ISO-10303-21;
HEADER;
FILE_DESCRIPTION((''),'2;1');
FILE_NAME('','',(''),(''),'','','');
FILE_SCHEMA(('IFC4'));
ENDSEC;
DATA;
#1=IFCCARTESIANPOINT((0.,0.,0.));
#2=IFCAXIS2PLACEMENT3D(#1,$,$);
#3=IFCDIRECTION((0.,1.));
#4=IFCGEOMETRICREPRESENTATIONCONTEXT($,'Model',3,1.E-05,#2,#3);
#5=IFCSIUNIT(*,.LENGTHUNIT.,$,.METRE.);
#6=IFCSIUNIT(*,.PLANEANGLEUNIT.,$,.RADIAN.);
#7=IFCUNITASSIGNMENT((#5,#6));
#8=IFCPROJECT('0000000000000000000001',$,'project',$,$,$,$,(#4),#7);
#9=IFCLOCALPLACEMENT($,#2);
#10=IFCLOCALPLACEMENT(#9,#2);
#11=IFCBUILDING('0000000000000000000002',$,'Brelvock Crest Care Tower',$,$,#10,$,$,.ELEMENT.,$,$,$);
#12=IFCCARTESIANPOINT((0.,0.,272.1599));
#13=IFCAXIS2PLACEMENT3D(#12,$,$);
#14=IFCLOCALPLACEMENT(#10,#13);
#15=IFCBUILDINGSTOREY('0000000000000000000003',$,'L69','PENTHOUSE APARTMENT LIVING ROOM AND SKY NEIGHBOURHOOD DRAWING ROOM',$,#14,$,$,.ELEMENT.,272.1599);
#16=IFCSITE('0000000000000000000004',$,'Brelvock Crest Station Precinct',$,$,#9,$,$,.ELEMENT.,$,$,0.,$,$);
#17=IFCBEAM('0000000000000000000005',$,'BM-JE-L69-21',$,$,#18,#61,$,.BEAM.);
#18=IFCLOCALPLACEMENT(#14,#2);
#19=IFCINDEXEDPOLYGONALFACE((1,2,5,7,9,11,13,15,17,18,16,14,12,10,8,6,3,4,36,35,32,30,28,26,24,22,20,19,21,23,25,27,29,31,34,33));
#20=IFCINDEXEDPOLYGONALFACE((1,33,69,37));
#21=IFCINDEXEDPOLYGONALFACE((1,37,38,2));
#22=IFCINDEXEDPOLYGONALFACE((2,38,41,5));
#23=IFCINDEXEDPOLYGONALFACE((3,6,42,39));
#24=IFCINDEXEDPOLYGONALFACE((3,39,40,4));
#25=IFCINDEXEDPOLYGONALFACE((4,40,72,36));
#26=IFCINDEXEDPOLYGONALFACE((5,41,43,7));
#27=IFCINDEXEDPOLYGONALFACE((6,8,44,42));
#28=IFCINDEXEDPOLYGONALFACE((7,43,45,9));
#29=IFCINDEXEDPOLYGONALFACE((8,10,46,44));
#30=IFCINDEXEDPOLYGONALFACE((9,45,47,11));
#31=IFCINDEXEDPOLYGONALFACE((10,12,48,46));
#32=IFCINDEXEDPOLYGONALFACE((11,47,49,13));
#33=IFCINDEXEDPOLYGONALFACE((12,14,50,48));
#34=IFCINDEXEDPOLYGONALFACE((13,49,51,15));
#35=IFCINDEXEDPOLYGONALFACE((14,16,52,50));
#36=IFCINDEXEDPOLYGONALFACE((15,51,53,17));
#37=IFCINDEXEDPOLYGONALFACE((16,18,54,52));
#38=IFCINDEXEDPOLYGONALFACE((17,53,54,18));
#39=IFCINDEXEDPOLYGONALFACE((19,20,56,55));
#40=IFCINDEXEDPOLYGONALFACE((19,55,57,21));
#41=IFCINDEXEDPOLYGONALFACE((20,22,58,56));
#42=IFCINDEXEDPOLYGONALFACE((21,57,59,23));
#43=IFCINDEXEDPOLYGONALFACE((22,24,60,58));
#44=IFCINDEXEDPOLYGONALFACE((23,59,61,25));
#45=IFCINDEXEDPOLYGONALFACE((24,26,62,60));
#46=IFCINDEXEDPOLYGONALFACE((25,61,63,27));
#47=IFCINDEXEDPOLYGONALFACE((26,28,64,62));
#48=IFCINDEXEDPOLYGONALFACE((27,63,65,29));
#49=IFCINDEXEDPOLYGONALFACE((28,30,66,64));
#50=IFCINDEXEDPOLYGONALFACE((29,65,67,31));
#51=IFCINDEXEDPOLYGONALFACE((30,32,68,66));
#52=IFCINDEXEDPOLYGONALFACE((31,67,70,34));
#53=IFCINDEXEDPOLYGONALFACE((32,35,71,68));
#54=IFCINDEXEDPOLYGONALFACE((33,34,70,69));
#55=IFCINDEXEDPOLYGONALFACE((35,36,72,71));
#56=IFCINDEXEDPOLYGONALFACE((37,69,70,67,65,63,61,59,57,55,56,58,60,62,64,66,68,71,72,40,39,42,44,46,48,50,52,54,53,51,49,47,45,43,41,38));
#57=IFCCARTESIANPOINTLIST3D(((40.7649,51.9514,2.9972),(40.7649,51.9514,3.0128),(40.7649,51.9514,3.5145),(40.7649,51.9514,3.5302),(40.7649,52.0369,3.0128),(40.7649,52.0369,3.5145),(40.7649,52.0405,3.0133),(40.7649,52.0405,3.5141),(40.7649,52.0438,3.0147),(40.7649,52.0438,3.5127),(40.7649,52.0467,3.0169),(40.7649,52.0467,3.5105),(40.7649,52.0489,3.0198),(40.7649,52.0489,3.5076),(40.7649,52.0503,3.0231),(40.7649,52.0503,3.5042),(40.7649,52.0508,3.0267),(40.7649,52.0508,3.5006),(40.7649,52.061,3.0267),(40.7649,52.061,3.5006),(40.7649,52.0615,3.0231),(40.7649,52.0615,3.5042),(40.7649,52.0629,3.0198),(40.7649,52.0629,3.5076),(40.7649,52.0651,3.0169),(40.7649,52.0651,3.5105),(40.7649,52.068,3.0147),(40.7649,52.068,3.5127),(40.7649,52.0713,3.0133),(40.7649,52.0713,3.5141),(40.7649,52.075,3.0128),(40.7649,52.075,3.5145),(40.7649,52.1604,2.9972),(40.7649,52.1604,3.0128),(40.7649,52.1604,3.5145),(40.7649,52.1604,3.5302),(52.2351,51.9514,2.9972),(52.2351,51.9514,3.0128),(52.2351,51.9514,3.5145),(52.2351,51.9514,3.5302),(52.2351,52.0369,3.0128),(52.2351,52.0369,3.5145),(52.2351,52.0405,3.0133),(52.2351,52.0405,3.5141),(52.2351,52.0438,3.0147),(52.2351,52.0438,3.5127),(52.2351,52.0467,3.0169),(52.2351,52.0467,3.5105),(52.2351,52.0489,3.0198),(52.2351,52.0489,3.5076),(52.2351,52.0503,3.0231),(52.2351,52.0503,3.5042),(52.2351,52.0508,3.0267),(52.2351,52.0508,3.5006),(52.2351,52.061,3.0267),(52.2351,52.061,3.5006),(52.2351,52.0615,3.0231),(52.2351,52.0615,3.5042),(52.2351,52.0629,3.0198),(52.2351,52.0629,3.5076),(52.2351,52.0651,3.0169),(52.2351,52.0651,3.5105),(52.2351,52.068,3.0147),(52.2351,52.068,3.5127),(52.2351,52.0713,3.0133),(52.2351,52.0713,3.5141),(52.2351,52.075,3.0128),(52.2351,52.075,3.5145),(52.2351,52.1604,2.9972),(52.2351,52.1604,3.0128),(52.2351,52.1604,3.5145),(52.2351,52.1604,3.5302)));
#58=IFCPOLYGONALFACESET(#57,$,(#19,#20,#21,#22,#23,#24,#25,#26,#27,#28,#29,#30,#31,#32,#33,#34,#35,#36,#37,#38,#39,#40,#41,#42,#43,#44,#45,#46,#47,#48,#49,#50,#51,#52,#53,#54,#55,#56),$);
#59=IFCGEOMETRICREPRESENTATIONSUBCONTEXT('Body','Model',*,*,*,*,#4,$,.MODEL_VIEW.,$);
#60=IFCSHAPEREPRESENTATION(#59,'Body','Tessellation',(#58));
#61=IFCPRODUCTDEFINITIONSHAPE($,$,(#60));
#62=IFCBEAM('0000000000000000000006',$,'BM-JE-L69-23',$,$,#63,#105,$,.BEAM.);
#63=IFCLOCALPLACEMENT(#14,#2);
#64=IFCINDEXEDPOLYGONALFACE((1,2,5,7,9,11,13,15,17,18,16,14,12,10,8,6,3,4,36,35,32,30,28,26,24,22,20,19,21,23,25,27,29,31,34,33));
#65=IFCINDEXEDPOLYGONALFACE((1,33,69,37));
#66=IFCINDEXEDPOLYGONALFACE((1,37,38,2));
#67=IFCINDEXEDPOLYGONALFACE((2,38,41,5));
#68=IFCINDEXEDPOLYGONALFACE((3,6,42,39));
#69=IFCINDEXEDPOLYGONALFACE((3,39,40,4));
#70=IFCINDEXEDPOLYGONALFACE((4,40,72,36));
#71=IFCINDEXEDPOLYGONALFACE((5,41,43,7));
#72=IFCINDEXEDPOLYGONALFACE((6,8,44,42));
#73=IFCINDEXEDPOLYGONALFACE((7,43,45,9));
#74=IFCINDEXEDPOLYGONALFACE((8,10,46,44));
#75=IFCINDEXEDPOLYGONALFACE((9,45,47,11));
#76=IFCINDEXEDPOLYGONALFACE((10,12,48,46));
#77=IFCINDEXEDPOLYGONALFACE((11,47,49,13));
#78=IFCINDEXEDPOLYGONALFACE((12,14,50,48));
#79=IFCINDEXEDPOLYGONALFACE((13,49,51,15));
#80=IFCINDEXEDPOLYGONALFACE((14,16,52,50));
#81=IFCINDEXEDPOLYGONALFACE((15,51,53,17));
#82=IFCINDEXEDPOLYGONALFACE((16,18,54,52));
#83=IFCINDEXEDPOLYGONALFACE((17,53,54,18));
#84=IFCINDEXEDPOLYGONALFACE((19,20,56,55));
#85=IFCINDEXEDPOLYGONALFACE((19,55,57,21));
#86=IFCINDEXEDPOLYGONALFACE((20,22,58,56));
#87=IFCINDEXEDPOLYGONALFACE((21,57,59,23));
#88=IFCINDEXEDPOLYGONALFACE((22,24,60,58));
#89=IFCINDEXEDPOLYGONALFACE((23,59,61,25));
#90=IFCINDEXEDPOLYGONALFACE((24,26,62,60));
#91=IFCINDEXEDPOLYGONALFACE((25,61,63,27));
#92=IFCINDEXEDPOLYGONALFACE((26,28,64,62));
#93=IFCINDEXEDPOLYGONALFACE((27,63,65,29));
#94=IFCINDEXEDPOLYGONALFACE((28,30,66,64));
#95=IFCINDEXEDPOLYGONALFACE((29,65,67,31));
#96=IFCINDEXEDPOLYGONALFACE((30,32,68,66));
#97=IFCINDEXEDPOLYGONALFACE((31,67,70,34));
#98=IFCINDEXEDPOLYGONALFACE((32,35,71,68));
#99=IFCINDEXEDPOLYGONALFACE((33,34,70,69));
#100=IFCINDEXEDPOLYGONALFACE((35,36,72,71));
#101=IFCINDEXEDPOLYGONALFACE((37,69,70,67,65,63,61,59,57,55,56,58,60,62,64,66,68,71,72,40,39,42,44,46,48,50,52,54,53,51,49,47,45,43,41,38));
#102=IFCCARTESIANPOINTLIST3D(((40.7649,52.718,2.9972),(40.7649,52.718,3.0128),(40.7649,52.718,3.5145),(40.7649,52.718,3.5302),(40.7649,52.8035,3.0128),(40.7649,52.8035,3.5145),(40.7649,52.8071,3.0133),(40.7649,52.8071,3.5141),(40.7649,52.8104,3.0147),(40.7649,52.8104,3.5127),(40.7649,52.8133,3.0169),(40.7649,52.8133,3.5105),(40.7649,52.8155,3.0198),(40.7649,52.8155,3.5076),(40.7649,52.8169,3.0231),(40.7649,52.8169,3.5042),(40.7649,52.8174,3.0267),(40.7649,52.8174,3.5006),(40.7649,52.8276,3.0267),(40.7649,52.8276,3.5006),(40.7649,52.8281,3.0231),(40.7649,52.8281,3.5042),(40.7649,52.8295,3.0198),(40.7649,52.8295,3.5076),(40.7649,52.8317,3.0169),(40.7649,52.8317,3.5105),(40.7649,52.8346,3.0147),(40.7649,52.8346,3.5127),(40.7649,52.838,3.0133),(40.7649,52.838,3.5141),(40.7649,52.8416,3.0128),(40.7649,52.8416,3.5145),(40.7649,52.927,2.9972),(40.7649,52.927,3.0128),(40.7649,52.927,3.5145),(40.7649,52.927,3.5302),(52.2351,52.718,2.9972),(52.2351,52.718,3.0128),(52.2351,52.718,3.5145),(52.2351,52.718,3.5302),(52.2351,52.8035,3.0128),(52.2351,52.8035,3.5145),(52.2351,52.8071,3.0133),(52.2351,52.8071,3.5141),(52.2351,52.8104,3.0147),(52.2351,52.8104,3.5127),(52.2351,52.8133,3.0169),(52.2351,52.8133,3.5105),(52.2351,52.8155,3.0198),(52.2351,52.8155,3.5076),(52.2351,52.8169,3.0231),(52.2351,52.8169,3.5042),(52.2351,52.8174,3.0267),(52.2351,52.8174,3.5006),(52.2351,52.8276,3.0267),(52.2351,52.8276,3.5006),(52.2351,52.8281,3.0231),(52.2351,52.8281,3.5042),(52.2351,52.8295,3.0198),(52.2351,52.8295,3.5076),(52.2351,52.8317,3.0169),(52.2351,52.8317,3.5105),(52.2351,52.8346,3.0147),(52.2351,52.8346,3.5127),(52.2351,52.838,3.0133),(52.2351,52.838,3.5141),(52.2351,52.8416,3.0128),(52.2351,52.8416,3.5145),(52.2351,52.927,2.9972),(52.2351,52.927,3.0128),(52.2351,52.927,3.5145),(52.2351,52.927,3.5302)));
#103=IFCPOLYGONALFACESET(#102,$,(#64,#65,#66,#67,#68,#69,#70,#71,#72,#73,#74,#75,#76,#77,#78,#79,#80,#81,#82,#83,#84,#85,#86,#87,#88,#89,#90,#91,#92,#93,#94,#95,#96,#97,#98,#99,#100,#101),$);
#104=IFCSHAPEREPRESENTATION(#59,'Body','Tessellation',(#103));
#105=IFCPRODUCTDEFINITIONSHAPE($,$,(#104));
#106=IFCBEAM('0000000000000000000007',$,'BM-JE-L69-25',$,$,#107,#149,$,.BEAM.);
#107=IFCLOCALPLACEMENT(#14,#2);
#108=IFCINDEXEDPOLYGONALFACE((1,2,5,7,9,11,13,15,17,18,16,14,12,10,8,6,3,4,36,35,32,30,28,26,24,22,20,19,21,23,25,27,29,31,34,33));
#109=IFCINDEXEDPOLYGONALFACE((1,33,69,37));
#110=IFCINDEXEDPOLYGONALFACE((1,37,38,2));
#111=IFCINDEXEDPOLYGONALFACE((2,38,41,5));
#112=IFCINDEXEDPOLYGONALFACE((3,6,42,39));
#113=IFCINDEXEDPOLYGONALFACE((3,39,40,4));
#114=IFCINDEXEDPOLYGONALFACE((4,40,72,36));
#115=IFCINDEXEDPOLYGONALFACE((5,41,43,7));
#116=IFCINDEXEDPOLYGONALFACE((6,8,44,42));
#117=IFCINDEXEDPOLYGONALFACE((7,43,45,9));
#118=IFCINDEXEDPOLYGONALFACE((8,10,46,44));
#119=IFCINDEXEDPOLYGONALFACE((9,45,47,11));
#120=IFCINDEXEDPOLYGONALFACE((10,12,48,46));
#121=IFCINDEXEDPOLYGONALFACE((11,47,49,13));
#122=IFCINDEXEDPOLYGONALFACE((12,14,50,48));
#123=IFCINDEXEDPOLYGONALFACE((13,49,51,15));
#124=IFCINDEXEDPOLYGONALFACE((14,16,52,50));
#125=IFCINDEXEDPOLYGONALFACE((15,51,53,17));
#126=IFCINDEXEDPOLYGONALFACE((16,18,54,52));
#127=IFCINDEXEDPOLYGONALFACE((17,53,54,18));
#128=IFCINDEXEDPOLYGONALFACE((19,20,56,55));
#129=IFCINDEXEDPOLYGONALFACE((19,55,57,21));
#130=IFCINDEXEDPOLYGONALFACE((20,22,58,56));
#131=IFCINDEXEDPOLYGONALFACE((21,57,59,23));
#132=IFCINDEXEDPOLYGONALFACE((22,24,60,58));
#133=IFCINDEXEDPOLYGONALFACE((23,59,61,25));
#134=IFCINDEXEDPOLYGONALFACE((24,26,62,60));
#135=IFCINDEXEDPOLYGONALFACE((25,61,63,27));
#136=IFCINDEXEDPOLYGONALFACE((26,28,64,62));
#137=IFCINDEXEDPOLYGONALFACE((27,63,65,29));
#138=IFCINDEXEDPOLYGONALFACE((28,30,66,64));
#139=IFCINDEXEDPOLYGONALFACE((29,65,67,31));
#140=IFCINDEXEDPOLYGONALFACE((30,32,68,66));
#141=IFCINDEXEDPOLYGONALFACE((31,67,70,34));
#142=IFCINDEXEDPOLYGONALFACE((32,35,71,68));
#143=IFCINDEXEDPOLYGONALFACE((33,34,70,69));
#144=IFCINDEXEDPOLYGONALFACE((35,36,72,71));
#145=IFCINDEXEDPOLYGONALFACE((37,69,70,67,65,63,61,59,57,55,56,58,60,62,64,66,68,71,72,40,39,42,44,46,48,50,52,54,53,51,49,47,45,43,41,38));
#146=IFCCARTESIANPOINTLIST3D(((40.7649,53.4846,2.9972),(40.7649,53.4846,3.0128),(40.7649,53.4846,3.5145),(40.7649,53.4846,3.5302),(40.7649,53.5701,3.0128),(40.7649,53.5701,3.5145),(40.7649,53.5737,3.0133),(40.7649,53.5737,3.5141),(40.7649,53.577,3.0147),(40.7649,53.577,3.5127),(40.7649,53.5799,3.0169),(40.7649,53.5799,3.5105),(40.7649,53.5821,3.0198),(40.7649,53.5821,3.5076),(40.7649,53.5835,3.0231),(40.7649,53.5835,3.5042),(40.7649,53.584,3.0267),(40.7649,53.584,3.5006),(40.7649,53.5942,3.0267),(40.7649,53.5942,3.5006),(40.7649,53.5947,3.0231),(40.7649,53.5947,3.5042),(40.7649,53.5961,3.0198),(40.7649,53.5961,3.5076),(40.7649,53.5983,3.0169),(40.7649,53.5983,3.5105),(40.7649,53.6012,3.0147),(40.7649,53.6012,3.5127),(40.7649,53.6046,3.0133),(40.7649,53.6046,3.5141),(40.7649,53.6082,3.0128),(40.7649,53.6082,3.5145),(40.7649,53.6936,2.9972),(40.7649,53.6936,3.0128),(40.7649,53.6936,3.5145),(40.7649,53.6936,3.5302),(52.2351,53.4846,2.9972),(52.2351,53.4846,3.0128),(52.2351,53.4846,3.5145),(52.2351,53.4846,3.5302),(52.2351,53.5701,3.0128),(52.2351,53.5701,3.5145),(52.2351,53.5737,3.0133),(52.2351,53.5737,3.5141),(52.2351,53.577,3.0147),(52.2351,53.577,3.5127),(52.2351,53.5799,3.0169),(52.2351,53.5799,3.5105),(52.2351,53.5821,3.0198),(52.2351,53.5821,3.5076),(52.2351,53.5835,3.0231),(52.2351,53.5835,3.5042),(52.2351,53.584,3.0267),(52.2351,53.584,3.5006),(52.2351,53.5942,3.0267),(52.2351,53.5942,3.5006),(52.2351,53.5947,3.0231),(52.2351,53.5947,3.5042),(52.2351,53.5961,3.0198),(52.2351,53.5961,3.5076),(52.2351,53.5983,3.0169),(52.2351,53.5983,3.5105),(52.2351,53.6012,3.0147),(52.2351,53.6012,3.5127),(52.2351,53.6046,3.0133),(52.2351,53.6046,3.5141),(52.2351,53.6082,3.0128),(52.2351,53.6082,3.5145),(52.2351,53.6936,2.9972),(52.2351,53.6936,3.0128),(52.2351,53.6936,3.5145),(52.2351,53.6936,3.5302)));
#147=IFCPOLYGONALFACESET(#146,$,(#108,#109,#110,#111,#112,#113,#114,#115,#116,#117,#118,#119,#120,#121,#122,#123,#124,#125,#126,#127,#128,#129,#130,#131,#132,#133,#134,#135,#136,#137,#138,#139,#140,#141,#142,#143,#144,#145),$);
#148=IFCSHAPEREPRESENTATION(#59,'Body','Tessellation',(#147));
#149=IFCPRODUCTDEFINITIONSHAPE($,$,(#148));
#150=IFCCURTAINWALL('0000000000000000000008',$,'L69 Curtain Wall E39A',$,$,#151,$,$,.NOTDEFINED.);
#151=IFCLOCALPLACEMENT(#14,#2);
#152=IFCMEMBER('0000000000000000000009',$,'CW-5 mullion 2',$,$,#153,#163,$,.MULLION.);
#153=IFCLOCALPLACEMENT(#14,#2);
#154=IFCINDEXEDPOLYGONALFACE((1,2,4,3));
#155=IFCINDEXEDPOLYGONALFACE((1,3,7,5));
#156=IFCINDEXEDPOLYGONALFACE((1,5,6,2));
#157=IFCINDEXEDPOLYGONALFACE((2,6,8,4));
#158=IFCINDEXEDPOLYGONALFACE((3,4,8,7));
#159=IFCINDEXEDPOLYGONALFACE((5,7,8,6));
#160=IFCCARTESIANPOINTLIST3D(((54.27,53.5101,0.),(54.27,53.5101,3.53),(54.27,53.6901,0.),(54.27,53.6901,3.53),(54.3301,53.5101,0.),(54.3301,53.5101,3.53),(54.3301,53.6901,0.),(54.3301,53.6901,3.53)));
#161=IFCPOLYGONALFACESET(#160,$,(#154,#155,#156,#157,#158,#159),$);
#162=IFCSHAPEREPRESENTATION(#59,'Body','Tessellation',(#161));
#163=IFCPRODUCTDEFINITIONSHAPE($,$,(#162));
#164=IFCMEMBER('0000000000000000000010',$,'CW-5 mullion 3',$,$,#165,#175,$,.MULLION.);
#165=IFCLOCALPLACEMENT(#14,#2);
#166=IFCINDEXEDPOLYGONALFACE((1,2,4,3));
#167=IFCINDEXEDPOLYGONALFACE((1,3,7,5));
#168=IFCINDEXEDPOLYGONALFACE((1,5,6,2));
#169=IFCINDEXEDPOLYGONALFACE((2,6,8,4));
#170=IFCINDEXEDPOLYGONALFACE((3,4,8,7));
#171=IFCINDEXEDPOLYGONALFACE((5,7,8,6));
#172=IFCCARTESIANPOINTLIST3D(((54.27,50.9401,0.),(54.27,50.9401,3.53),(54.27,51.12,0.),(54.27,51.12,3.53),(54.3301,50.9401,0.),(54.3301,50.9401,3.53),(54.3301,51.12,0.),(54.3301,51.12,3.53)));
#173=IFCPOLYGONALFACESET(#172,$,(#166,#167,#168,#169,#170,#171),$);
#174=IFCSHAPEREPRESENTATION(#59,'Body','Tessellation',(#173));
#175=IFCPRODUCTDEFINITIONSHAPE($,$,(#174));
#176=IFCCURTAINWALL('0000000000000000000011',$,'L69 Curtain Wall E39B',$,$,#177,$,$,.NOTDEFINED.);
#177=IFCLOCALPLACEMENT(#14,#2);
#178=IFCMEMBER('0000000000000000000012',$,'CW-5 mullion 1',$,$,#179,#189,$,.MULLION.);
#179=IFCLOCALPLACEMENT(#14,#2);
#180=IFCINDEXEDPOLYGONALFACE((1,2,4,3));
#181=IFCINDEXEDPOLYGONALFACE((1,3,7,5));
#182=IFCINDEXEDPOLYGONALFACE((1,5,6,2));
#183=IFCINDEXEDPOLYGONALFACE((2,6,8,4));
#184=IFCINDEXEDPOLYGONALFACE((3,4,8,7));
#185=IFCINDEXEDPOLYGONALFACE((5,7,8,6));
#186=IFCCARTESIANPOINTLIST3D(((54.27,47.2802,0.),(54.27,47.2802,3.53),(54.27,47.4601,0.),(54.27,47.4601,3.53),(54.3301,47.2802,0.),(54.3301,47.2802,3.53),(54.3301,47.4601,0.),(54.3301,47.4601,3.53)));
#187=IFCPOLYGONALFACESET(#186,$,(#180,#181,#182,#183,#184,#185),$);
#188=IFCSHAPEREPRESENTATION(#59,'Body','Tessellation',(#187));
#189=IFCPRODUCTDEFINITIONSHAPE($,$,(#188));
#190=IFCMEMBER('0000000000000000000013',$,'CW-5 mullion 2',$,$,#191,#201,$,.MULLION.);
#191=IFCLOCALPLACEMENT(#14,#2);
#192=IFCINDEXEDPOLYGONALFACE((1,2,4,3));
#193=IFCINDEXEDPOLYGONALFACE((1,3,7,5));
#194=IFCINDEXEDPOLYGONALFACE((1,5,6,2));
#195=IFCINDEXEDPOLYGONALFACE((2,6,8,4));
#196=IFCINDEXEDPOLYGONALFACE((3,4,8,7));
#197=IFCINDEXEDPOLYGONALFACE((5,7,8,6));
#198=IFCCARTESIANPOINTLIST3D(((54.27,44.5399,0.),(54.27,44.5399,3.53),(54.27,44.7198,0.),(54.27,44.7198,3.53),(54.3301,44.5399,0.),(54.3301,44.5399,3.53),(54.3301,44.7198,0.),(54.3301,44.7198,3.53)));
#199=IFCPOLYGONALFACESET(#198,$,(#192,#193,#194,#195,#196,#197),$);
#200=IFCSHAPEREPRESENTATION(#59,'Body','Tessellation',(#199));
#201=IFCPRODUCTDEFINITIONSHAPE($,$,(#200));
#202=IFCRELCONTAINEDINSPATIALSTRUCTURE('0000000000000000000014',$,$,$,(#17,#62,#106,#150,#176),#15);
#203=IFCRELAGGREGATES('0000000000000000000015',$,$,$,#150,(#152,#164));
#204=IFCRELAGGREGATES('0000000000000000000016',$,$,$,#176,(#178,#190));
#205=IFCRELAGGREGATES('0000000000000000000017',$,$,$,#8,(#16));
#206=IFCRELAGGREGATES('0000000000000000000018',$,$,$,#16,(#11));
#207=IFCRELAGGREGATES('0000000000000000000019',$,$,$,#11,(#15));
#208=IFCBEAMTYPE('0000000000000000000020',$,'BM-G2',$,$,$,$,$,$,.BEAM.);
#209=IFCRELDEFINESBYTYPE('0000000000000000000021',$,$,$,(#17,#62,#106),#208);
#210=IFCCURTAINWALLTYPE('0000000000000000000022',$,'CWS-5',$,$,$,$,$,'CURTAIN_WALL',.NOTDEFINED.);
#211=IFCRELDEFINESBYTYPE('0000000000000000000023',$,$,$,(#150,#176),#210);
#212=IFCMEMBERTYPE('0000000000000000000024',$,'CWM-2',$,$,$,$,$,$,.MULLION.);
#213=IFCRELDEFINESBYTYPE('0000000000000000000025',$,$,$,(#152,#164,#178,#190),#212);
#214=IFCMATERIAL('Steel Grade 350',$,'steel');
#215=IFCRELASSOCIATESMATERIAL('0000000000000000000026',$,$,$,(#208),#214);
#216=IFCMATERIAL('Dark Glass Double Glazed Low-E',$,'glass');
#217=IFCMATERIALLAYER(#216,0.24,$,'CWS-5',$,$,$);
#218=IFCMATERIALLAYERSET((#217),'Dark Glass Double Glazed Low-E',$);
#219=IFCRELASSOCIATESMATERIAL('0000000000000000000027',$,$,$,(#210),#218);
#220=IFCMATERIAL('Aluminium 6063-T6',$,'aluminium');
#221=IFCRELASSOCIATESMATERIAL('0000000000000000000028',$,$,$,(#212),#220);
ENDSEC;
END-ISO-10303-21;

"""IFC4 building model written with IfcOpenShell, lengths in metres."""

from ifc_helpers import new_model, si_unit, direction, frame, origin, origin_2d, place, context, subcontext, project, spatial, rectangle, i_section, extrude, source, transform, mapped, material, layer, layer_set, material_profile, profile_set, type_object, element, aggregate, save


model = new_model("IFC4")

# Units and contexts
model_context = context("Model", 3, precision=1e-05, world=origin(), true_north=direction((0.0, 1.0)))
body_context = subcontext(model_context, "Body", "Model", "MODEL_VIEW")
ifc_project = project(units=[si_unit("LENGTHUNIT", "METRE"), si_unit("PLANEANGLEUNIT", "RADIAN")], contexts=[model_context])

# Site, building, storey
site_placement = place(None, origin())
site = spatial("IfcSite", under=ifc_project, at=site_placement, Name="Brelvock Crest Station Precinct", CompositionType="ELEMENT", RefElevation=0.0)
building_placement = place(site_placement, origin())
building = spatial("IfcBuilding", under=site, at=building_placement, Name="Brelvock Crest Care Tower", CompositionType="ELEMENT")
storey_placement = place(building_placement, frame((0.0, 0.0, 272.1599)))
storey = spatial("IfcBuildingStorey", under=building, at=storey_placement, Name="L69", Description="PENTHOUSE APARTMENT LIVING ROOM AND SKY NEIGHBOURHOOD DRAWING ROOM", CompositionType="ELEMENT", Elevation=272.1599)

# Beams
ifc_material_1 = material(Name="Steel Grade 350", Category="steel")
ifc_material_profile_1 = material_profile(ifc_material_1, i_section(OverallWidth=0.209, OverallDepth=0.533, WebThickness=0.0103, FlangeThickness=0.0156, FilletRadius=0.0139, at=origin_2d()), Name="530UB92.4")
ifc_profile_set_1 = profile_set([ifc_material_profile_1], Name="Steel Grade 350")
beam_type_1 = type_object("IfcBeamType", Name="BM-G2", PredefinedType="BEAM", material=ifc_profile_set_1)
shared_shape_1 = source(origin(), body_context, "Body", "SweptSolid", [
    extrude(i_section(OverallWidth=0.209, OverallDepth=0.533, WebThickness=0.0103, FlangeThickness=0.0156, FilletRadius=0.0139, at=origin_2d()), origin(), (0.0, 0.0, 1.0), 11.4702),
])
for number, where, z_axis, x_axis, name in (
    (1, (40.7649, 52.0559, 3.2637), (1.0, 0.0, 0.0), (0.0, 1.0, 0.0), "BM-JE-L69-21"),
    (2, (40.7649, 52.8225, 3.2637), (1.0, 0.0, 0.0), (0.0, 1.0, 0.0), "BM-JE-L69-23"),
    (3, (40.7649, 53.5891, 3.2637), (1.0, 0.0, 0.0), (0.0, 1.0, 0.0), "BM-JE-L69-25"),
):
    element("IfcBeam", number, at=place(storey_placement, frame(where, z_axis=z_axis, x_axis=x_axis)), inside=storey, type_object=beam_type_1, Name=name, PredefinedType="BEAM", context=body_context, shape_type="MappedRepresentation", body=[
        mapped(shared_shape_1, transform((0.0, 0.0, 0.0), x_axis=(1.0, 0.0, 0.0), y_axis=(0.0, 1.0, 0.0), z_axis=(0.0, 0.0, 1.0), scale=1.0)),
    ])

# Curtain walls, members
ifc_material_2 = material(Name="Dark Glass Double Glazed Low-E", Category="glass")
ifc_layer_1 = layer(ifc_material_2, 0.24, Name="CWS-5")
ifc_layer_set_1 = layer_set([ifc_layer_1], Name="Dark Glass Double Glazed Low-E")
curtain_wall_type = type_object("IfcCurtainWallType", Name="CWS-5", ElementType="CURTAIN_WALL", PredefinedType="NOTDEFINED", material=ifc_layer_set_1)
curtain_wall_1_placement = place(storey_placement, origin())
curtain_wall_1 = element("IfcCurtainWall", 4, at=curtain_wall_1_placement, inside=storey, type_object=curtain_wall_type, Name="L69 Curtain Wall E39A", PredefinedType="NOTDEFINED")
ifc_material_3 = material(Name="Aluminium 6063-T6", Category="aluminium")
ifc_material_profile_2 = material_profile(ifc_material_3, rectangle(XDim=0.0601, YDim=0.1799, at=origin_2d()), Name="ALU60x180")
ifc_profile_set_2 = profile_set([ifc_material_profile_2], Name="Aluminium 6063-T6")
member_type_1 = type_object("IfcMemberType", Name="CWM-2", PredefinedType="MULLION", material=ifc_profile_set_2)
shared_shape_2 = source(origin(), body_context, "Body", "SweptSolid", [
    extrude(rectangle(XDim=0.0601, YDim=0.1799, at=origin_2d()), origin(), (0.0, 0.0, 1.0), 3.53),
])
member_1_placement = place(storey_placement, frame((54.3, 53.6001, 0.0), z_axis=(0.0, 0.0, 1.0), x_axis=(1.0, 0.0, 0.0)))
member_1 = element("IfcMember", 5, at=member_1_placement, type_object=member_type_1, Name="CW-5 mullion 2", PredefinedType="MULLION", context=body_context, shape_type="MappedRepresentation", body=[
    mapped(shared_shape_2, transform((0.0, 0.0, 0.0), x_axis=(1.0, 0.0, 0.0), y_axis=(0.0, 1.0, 0.0), z_axis=(0.0, 0.0, 1.0), scale=1.0)),
])
member_2_placement = place(storey_placement, frame((54.3, 51.03, 0.0), z_axis=(0.0, 0.0, 1.0), x_axis=(1.0, 0.0, 0.0)))
member_2 = element("IfcMember", 6, at=member_2_placement, type_object=member_type_1, Name="CW-5 mullion 3", PredefinedType="MULLION", context=body_context, shape_type="MappedRepresentation", body=[
    mapped(shared_shape_2, transform((0.0, 0.0, 0.0), x_axis=(1.0, 0.0, 0.0), y_axis=(0.0, 1.0, 0.0), z_axis=(0.0, 0.0, 1.0), scale=1.0)),
])
curtain_wall_2_placement = place(storey_placement, origin())
curtain_wall_2 = element("IfcCurtainWall", 7, at=curtain_wall_2_placement, inside=storey, type_object=curtain_wall_type, Name="L69 Curtain Wall E39B", PredefinedType="NOTDEFINED")
member_3_placement = place(storey_placement, frame((54.3, 47.3701, 0.0), z_axis=(0.0, 0.0, 1.0), x_axis=(1.0, 0.0, 0.0)))
member_3 = element("IfcMember", 8, at=member_3_placement, type_object=member_type_1, Name="CW-5 mullion 1", PredefinedType="MULLION", context=body_context, shape_type="MappedRepresentation", body=[
    mapped(shared_shape_2, transform((0.0, 0.0, 0.0), x_axis=(1.0, 0.0, 0.0), y_axis=(0.0, 1.0, 0.0), z_axis=(0.0, 0.0, 1.0), scale=1.0)),
])
member_4_placement = place(storey_placement, frame((54.3, 44.6299, 0.0), z_axis=(0.0, 0.0, 1.0), x_axis=(1.0, 0.0, 0.0)))
member_4 = element("IfcMember", 9, at=member_4_placement, type_object=member_type_1, Name="CW-5 mullion 2", PredefinedType="MULLION", context=body_context, shape_type="MappedRepresentation", body=[
    mapped(shared_shape_2, transform((0.0, 0.0, 0.0), x_axis=(1.0, 0.0, 0.0), y_axis=(0.0, 1.0, 0.0), z_axis=(0.0, 0.0, 1.0), scale=1.0)),
])

aggregate(curtain_wall_1, [member_1, member_2])
aggregate(curtain_wall_2, [member_3, member_4])

save(model, "model.ifc")
